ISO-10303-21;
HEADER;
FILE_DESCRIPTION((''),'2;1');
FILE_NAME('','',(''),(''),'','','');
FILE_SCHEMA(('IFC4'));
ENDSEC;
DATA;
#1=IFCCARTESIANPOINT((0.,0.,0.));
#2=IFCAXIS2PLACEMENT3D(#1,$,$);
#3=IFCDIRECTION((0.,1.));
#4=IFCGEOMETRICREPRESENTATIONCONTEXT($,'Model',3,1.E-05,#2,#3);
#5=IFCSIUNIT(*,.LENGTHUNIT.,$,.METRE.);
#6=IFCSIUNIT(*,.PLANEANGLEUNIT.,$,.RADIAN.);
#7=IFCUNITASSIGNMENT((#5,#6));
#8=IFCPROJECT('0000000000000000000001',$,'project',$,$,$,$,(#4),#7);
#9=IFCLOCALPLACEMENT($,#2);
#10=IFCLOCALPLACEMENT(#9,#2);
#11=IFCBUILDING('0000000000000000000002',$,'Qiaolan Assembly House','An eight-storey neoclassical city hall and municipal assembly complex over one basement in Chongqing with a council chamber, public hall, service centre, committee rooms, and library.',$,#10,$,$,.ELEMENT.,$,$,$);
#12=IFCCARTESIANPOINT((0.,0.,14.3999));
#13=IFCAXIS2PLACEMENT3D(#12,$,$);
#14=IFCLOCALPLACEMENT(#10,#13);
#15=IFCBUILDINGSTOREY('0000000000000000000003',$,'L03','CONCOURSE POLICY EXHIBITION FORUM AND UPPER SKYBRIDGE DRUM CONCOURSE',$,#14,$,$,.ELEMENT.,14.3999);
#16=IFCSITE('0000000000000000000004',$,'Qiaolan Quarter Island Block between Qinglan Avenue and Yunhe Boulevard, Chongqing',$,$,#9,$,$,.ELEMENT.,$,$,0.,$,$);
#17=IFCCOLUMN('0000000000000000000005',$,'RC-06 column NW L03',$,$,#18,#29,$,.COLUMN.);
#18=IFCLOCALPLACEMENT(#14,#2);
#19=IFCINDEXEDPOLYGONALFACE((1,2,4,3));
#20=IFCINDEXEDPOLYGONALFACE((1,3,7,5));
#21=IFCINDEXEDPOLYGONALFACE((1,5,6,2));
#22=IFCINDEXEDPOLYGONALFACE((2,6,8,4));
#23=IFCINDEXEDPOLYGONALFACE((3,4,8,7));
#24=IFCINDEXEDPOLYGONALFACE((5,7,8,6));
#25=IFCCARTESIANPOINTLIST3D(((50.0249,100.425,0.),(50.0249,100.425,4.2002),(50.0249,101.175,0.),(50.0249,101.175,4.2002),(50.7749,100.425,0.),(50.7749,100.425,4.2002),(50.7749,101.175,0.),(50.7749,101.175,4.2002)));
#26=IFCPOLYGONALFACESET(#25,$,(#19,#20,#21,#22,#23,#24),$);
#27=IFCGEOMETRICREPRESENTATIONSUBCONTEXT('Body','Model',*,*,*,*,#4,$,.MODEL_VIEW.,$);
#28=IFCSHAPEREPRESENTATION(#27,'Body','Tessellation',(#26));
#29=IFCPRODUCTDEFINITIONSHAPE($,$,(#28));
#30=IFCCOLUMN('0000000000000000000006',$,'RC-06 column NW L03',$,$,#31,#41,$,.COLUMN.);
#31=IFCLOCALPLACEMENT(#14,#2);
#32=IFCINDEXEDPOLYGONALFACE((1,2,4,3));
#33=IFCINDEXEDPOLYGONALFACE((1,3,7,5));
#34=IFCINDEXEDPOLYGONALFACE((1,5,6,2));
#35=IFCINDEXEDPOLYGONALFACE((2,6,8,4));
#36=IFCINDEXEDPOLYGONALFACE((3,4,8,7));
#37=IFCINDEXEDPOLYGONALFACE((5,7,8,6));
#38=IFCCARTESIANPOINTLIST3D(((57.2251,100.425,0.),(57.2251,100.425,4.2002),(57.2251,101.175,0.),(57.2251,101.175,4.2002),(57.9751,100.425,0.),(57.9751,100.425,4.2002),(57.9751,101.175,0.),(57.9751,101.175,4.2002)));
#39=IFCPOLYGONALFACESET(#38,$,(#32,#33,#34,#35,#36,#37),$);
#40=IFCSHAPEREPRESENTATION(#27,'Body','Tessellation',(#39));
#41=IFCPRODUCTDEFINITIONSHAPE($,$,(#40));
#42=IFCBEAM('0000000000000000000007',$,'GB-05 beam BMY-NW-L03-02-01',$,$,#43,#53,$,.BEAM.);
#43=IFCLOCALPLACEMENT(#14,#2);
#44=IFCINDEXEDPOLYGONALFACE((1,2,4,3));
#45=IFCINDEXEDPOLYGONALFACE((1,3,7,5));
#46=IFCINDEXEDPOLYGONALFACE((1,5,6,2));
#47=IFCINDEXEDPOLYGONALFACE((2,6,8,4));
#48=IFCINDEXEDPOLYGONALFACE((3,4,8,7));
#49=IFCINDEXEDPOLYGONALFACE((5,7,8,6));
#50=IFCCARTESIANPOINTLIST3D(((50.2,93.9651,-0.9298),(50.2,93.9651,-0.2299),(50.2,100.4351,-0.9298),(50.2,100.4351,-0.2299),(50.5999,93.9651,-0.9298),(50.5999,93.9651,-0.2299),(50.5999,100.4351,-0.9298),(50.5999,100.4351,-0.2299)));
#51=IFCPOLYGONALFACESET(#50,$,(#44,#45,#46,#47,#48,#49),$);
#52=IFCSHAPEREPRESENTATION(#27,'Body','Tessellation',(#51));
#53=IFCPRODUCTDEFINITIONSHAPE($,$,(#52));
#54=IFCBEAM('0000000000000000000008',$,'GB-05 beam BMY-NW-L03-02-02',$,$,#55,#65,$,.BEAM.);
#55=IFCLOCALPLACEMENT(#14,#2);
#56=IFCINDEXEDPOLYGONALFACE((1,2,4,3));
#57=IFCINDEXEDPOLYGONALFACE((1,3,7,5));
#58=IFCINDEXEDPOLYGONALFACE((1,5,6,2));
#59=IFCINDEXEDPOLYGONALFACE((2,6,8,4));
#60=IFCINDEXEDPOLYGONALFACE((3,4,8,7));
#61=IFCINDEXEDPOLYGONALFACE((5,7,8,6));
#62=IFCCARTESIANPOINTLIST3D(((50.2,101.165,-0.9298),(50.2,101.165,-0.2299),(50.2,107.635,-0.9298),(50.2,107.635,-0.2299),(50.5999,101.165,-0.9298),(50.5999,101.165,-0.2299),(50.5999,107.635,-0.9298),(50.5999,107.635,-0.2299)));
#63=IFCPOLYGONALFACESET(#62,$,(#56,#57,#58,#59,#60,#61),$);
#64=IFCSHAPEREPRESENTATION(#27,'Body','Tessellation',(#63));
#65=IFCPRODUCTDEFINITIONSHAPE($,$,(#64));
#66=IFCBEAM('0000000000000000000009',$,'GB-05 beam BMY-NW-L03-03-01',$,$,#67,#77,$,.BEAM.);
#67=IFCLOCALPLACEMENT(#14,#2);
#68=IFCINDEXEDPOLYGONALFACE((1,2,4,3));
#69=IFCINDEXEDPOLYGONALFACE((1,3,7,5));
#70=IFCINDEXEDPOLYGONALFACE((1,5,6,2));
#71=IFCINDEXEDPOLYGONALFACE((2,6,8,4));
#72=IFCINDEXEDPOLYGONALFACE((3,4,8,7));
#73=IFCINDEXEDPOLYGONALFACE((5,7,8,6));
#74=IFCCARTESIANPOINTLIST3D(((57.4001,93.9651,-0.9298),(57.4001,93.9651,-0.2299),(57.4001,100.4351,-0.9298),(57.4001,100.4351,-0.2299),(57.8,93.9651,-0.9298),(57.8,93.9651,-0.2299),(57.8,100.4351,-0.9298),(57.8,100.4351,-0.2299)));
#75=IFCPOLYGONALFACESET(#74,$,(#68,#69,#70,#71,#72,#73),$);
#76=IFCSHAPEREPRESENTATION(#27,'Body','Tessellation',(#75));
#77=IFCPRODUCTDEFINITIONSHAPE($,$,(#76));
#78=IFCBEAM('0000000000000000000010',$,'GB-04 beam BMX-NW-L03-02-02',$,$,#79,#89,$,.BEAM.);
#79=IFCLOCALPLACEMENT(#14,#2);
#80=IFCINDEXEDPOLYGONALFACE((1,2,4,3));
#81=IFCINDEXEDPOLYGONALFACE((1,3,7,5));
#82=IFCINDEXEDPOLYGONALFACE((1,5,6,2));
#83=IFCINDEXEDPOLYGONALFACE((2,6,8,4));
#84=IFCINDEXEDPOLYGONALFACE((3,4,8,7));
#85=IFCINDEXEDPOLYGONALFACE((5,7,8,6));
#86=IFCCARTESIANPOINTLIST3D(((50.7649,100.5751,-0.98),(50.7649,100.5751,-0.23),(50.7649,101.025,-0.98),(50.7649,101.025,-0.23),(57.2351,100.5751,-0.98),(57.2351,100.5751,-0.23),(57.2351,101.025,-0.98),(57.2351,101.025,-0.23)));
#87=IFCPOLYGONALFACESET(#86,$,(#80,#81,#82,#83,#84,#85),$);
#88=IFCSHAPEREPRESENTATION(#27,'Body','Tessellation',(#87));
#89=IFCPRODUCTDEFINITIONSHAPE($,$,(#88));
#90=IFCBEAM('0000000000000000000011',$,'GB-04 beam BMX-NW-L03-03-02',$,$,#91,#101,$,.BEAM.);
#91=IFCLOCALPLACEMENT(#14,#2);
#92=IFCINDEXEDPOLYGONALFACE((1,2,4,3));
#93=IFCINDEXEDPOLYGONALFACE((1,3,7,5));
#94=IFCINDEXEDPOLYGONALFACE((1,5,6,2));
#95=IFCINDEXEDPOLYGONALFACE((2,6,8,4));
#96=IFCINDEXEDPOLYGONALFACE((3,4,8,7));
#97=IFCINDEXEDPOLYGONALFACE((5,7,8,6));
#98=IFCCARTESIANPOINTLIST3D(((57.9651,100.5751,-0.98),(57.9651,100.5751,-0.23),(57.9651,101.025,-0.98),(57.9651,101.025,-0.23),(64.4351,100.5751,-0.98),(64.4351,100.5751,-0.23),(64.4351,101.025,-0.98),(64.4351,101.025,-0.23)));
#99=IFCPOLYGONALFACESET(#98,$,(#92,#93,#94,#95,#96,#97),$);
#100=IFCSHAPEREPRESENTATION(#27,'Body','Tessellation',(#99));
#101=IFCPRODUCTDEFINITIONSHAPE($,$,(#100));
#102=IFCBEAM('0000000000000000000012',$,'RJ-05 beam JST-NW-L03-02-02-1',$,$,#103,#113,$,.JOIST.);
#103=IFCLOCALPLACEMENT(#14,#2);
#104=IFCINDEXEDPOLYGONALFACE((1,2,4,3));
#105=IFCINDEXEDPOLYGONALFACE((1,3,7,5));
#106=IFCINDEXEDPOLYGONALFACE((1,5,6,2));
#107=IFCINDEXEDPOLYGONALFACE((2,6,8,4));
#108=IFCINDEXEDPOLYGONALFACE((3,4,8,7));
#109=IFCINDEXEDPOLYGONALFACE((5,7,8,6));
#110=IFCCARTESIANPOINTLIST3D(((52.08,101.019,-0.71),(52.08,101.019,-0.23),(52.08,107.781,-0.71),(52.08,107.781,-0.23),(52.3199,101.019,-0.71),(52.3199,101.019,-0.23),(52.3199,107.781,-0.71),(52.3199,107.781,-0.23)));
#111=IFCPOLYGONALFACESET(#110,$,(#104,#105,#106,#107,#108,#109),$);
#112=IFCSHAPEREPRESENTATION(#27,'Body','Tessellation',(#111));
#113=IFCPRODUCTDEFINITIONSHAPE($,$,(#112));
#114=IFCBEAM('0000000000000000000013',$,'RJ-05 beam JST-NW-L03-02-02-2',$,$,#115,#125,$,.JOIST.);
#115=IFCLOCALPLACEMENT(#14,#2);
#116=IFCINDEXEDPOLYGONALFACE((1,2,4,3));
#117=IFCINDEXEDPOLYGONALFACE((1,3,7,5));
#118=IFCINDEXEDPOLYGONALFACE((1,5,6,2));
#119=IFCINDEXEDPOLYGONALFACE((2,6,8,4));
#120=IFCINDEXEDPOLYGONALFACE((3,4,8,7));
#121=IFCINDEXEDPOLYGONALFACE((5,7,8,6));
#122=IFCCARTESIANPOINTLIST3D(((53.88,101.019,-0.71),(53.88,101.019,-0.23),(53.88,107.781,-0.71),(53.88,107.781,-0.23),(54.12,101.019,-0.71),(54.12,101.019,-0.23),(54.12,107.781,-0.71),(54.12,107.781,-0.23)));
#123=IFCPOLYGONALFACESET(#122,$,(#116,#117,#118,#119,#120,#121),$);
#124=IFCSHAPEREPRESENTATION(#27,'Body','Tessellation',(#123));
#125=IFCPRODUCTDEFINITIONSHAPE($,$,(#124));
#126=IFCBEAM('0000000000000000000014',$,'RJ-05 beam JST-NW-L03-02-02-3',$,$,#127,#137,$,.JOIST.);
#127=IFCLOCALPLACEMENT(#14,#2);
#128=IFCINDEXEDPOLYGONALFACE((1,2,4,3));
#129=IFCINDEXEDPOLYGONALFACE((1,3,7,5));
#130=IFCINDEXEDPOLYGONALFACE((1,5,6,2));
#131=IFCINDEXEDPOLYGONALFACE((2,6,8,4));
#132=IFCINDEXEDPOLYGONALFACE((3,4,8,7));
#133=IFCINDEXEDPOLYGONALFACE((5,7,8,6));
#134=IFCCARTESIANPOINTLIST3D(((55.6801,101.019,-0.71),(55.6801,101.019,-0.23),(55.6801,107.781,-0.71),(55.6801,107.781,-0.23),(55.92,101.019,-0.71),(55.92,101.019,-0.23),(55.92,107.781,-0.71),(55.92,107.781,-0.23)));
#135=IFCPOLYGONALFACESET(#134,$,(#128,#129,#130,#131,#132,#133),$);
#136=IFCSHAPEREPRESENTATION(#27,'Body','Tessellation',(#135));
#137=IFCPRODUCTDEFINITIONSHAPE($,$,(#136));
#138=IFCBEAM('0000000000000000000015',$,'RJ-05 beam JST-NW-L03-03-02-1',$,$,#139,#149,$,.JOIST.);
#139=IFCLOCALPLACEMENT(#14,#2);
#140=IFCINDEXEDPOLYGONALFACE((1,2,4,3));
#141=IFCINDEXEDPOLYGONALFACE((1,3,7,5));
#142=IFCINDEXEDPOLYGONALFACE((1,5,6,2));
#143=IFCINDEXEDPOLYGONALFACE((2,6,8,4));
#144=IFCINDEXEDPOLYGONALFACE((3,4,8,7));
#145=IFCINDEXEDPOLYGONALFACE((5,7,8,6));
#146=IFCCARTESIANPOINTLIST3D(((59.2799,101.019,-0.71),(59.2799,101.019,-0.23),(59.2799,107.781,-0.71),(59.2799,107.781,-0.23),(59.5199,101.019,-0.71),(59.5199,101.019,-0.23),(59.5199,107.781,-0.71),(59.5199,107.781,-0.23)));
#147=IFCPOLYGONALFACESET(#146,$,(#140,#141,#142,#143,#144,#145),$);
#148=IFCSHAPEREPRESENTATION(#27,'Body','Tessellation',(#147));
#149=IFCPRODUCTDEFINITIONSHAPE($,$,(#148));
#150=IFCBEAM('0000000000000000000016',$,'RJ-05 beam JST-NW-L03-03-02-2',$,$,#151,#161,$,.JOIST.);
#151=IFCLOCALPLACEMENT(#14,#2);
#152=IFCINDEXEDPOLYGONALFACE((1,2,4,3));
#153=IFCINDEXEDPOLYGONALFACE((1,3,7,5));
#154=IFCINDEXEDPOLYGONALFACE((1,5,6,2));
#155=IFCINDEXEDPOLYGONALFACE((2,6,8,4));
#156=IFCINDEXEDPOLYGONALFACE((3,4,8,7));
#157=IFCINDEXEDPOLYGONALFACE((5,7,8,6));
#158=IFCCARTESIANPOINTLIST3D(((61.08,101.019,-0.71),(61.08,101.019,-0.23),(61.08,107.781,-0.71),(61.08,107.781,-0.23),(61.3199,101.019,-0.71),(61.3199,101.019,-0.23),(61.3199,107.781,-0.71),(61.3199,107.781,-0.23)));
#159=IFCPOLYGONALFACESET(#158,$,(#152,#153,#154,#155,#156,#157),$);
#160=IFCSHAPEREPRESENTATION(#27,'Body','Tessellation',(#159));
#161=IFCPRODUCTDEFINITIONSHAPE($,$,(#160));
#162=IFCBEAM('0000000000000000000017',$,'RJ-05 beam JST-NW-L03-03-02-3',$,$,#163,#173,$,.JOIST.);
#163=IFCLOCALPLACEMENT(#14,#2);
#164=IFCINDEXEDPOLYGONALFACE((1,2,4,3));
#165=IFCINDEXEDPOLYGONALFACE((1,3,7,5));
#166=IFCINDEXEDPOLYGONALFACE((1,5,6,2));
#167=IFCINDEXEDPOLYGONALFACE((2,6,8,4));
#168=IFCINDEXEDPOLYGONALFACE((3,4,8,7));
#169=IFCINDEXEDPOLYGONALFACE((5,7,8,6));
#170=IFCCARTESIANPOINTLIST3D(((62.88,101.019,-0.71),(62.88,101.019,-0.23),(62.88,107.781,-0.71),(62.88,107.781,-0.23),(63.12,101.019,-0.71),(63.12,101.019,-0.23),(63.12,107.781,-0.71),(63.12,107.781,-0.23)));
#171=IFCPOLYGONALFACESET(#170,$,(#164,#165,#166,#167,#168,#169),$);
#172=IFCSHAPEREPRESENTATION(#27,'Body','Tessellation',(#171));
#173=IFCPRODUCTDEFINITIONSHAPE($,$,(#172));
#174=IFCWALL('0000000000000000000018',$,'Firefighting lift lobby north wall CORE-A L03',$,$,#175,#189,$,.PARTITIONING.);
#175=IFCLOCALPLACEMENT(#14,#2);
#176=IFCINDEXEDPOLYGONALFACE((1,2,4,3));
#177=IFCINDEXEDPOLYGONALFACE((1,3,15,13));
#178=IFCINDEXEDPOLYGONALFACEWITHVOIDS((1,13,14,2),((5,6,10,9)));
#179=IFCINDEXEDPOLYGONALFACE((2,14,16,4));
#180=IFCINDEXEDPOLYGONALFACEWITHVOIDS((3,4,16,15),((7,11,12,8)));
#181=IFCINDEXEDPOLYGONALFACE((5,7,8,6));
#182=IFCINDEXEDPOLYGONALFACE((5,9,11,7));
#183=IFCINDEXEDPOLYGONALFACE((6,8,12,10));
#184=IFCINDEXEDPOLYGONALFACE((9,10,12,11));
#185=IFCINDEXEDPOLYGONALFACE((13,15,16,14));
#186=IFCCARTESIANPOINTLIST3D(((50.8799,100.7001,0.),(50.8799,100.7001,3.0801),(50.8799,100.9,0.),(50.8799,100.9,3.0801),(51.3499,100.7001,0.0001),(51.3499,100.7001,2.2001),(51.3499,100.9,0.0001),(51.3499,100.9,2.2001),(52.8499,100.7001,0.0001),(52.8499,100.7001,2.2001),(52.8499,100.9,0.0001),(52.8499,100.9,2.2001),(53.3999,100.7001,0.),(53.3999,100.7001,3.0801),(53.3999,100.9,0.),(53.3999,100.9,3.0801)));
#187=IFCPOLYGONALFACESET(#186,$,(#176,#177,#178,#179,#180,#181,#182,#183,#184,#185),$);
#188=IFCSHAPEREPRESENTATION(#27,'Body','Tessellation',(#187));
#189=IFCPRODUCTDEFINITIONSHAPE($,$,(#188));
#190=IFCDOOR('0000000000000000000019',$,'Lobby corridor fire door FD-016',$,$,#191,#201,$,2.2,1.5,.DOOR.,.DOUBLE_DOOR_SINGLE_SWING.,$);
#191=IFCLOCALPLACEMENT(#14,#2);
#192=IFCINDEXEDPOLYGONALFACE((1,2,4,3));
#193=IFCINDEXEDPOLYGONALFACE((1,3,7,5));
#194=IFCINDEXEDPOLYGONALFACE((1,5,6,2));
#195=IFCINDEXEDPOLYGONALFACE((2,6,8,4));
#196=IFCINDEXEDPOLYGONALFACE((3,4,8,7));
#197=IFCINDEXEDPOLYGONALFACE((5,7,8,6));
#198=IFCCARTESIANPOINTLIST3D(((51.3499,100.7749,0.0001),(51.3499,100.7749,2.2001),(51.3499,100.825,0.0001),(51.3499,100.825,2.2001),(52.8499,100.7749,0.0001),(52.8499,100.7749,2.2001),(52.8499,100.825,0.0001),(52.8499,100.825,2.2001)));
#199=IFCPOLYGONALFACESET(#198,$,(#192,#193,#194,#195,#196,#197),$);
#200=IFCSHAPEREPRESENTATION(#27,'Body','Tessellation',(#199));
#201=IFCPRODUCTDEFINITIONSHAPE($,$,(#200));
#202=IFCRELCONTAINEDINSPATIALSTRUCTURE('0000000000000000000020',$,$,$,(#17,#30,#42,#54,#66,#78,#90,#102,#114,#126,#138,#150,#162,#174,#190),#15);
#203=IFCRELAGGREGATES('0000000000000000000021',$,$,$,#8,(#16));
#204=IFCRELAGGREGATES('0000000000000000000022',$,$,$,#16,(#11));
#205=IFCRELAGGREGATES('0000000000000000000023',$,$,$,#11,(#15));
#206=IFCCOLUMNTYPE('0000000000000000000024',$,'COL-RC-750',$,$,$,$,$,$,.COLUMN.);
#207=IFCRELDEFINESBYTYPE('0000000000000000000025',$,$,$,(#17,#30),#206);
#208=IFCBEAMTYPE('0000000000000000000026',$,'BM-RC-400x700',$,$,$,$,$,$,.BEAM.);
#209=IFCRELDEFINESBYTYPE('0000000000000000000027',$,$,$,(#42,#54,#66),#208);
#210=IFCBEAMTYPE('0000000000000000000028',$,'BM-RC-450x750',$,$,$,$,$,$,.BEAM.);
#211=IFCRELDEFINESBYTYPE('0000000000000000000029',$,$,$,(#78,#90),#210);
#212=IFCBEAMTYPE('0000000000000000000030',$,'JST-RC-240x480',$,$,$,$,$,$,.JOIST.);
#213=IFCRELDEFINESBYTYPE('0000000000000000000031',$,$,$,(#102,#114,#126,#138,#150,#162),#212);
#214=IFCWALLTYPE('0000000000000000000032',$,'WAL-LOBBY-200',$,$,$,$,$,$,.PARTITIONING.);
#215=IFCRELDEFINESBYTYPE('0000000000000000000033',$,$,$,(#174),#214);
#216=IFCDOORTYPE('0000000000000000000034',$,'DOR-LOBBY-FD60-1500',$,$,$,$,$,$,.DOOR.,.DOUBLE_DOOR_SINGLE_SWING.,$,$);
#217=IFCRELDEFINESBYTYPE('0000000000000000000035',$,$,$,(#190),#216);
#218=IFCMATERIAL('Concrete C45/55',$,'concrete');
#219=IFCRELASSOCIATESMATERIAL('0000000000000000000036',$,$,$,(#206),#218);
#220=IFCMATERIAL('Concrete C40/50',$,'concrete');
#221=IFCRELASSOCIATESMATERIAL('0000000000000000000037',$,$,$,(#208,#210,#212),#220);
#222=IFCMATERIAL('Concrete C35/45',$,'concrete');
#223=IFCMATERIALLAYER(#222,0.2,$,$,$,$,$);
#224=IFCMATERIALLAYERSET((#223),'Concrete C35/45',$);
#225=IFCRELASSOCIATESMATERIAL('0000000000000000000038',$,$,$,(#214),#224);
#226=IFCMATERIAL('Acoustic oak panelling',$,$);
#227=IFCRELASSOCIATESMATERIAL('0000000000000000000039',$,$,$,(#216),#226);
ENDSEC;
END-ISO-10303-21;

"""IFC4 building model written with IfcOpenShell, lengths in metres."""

from ifc_helpers import new_model, si_unit, direction, frame, frame_2d, origin, origin_2d, place, context, subcontext, project, spatial, rectangle, extrude, material, layer, layer_set, material_profile, profile_set, type_object, element, fill, save


model = new_model("IFC4")

# Units and contexts
model_context = context("Model", 3, precision=1e-05, world=origin(), true_north=direction((0.0, 1.0)))
body_context = subcontext(model_context, "Body", "Model", "MODEL_VIEW")
ifc_project = project(units=[si_unit("LENGTHUNIT", "METRE"), si_unit("PLANEANGLEUNIT", "RADIAN")], contexts=[model_context])

# Site, building, storey
site_placement = place(None, origin())
site = spatial("IfcSite", under=ifc_project, at=site_placement, Name="Qiaolan Quarter Island Block between Qinglan Avenue and Yunhe Boulevard, Chongqing", CompositionType="ELEMENT", RefElevation=0.0)
building_placement = place(site_placement, origin())
building = spatial("IfcBuilding", under=site, at=building_placement, Name="Qiaolan Assembly House", Description="An eight-storey neoclassical city hall and municipal assembly complex over one basement in Chongqing with a council chamber, public hall, service centre, committee rooms, and library.", CompositionType="ELEMENT")
storey_placement = place(building_placement, frame((0.0, 0.0, 14.3999)))
storey = spatial("IfcBuildingStorey", under=building, at=storey_placement, Name="L03", Description="CONCOURSE POLICY EXHIBITION FORUM AND UPPER SKYBRIDGE DRUM CONCOURSE", CompositionType="ELEMENT", Elevation=14.3999)

# Columns
ifc_material_1 = material(Name="Concrete C45/55", Category="concrete")
ifc_material_profile_1 = material_profile(ifc_material_1, rectangle(XDim=0.75, YDim=0.75, at=origin_2d()), Name="RC 750x750")
ifc_profile_set_1 = profile_set([ifc_material_profile_1], Name="Concrete C45/55")
column_type = type_object("IfcColumnType", Name="COL-RC-750", PredefinedType="COLUMN", material=ifc_profile_set_1)
for number, where, z_axis, x_axis, name in (
    (1, (50.3999, 100.8, 0.0), (0.0, 0.0, 1.0), (1.0, 0.0, 0.0), "RC-06 column NW L03"),
    (2, (57.6001, 100.8, 0.0), (0.0, 0.0, 1.0), (1.0, 0.0, 0.0), "RC-06 column NW L03"),
):
    element("IfcColumn", number, at=place(storey_placement, frame(where, z_axis=z_axis, x_axis=x_axis)), inside=storey, type_object=column_type, Name=name, PredefinedType="COLUMN", context=body_context, shape_type="SweptSolid", body=[
        extrude(rectangle(XDim=0.75, YDim=0.75, at=origin_2d()), origin(), (0.0, 0.0, 1.0), 4.2002),
    ])

# Beams
ifc_material_2 = material(Name="Concrete C40/50", Category="concrete")
ifc_material_profile_2 = material_profile(ifc_material_2, rectangle(XDim=0.3999, YDim=0.7, at=origin_2d()), Name="RCB 400x700")
ifc_profile_set_2 = profile_set([ifc_material_profile_2], Name="Concrete C40/50")
beam_type_1 = type_object("IfcBeamType", Name="BM-RC-400x700", PredefinedType="BEAM", material=ifc_profile_set_2)
for number, where, z_axis, x_axis, name in (
    (3, (50.3999, 93.9651, -0.5798), (0.0, 1.0, 0.0), (-1.0, 0.0, 0.0), "GB-05 beam BMY-NW-L03-02-01"),
    (4, (50.3999, 101.165, -0.5798), (0.0, 1.0, 0.0), (-1.0, 0.0, 0.0), "GB-05 beam BMY-NW-L03-02-02"),
    (5, (57.6001, 93.9651, -0.5798), (0.0, 1.0, 0.0), (-1.0, 0.0, 0.0), "GB-05 beam BMY-NW-L03-03-01"),
):
    element("IfcBeam", number, at=place(storey_placement, frame(where, z_axis=z_axis, x_axis=x_axis)), inside=storey, type_object=beam_type_1, Name=name, PredefinedType="BEAM", context=body_context, shape_type="SweptSolid", body=[
        extrude(rectangle(XDim=0.3999, YDim=0.7, at=origin_2d()), origin(), (0.0, 0.0, 1.0), 6.47),
    ])
ifc_material_profile_3 = material_profile(ifc_material_2, rectangle(XDim=0.45, YDim=0.75, at=origin_2d()), Name="RCB 450x750")
ifc_profile_set_3 = profile_set([ifc_material_profile_3], Name="Concrete C40/50")
beam_type_2 = type_object("IfcBeamType", Name="BM-RC-450x750", PredefinedType="BEAM", material=ifc_profile_set_3)
beam_1_placement = place(storey_placement, frame((50.7649, 100.8, -0.605), z_axis=(1.0, 0.0, 0.0), x_axis=(0.0, 1.0, 0.0)))
element("IfcBeam", 6, at=beam_1_placement, inside=storey, type_object=beam_type_2, Name="GB-04 beam BMX-NW-L03-02-02", PredefinedType="BEAM", context=body_context, shape_type="SweptSolid", body=[
    extrude(rectangle(XDim=0.45, YDim=0.75, at=origin_2d()), origin(), (0.0, 0.0, 1.0), 6.4702),
])
beam_2_placement = place(storey_placement, frame((57.9651, 100.8, -0.605), z_axis=(1.0, 0.0, 0.0), x_axis=(0.0, 1.0, 0.0)))
element("IfcBeam", 7, at=beam_2_placement, inside=storey, type_object=beam_type_2, Name="GB-04 beam BMX-NW-L03-03-02", PredefinedType="BEAM", context=body_context, shape_type="SweptSolid", body=[
    extrude(rectangle(XDim=0.45, YDim=0.75, at=origin_2d()), origin(), (0.0, 0.0, 1.0), 6.47),
])
ifc_material_profile_4 = material_profile(ifc_material_2, rectangle(XDim=0.24, YDim=0.48, at=origin_2d()), Name="RCB 240x480")
ifc_profile_set_4 = profile_set([ifc_material_profile_4], Name="Concrete C40/50")
beam_type_3 = type_object("IfcBeamType", Name="JST-RC-240x480", PredefinedType="JOIST", material=ifc_profile_set_4)
for number, where, z_axis, x_axis, name in (
    (8, (52.2, 101.019, -0.47), (0.0, 1.0, 0.0), (-1.0, 0.0, 0.0), "RJ-05 beam JST-NW-L03-02-02-1"),
    (9, (54.0, 101.019, -0.47), (0.0, 1.0, 0.0), (-1.0, 0.0, 0.0), "RJ-05 beam JST-NW-L03-02-02-2"),
    (10, (55.8, 101.019, -0.47), (0.0, 1.0, 0.0), (-1.0, 0.0, 0.0), "RJ-05 beam JST-NW-L03-02-02-3"),
    (11, (59.3999, 101.019, -0.47), (0.0, 1.0, 0.0), (-1.0, 0.0, 0.0), "RJ-05 beam JST-NW-L03-03-02-1"),
    (12, (61.2, 101.019, -0.47), (0.0, 1.0, 0.0), (-1.0, 0.0, 0.0), "RJ-05 beam JST-NW-L03-03-02-2"),
    (13, (63.0, 101.019, -0.47), (0.0, 1.0, 0.0), (-1.0, 0.0, 0.0), "RJ-05 beam JST-NW-L03-03-02-3"),
):
    element("IfcBeam", number, at=place(storey_placement, frame(where, z_axis=z_axis, x_axis=x_axis)), inside=storey, type_object=beam_type_3, Name=name, PredefinedType="JOIST", context=body_context, shape_type="SweptSolid", body=[
        extrude(rectangle(XDim=0.24, YDim=0.48, at=origin_2d()), origin(), (0.0, 0.0, 1.0), 6.762),
    ])

# Wall, opening, door
ifc_material_3 = material(Name="Concrete C35/45", Category="concrete")
ifc_layer_1 = layer(ifc_material_3, 0.2)
ifc_layer_set_1 = layer_set([ifc_layer_1], Name="Concrete C35/45")
wall_type_1 = type_object("IfcWallType", Name="WAL-LOBBY-200", PredefinedType="PARTITIONING", material=ifc_layer_set_1)
wall_1_placement = place(storey_placement, frame((53.3999, 100.8, 0.0), z_axis=(0.0, 0.0, 1.0), x_axis=(-1.0, 0.0, 0.0)))
wall_1 = element("IfcWall", 14, at=wall_1_placement, inside=storey, type_object=wall_type_1, Name="Firefighting lift lobby north wall CORE-A L03", PredefinedType="PARTITIONING", context=body_context, shape_type="SweptSolid", body=[
    extrude(rectangle(XDim=2.52, YDim=0.2, at=frame_2d((1.26, 0.0))), origin(), (0.0, 0.0, 1.0), 3.0801),
])
opening_1_placement = place(wall_1_placement, frame((0.55, 0.0, 0.0)))
opening_1 = element("IfcOpeningElement", 15, at=opening_1_placement, cuts=wall_1, PredefinedType="OPENING", context=body_context, shape_type="SweptSolid", body=[
    extrude(rectangle(XDim=1.5, YDim=2.2, at=frame_2d((0.75, 1.1001))), frame((0.0, 0.1099, 0.0), z_axis=(0.0, -1.0, 0.0), x_axis=(1.0, 0.0, 0.0)), (0.0, 0.0, 1.0), 0.22),
])
ifc_material_4 = material(Name="Acoustic oak panelling")
door_type_1 = type_object("IfcDoorType", Name="DOR-LOBBY-FD60-1500", OperationType="DOUBLE_DOOR_SINGLE_SWING", PredefinedType="DOOR", material=ifc_material_4)
door_1_placement = place(opening_1_placement, frame((1.5, 0.0, 0.0), z_axis=(0.0, 0.0, 1.0), x_axis=(-1.0, 0.0, 0.0)))
door_1 = element("IfcDoor", 16, at=door_1_placement, inside=storey, type_object=door_type_1, Name="Lobby corridor fire door FD-016", OperationType="DOUBLE_DOOR_SINGLE_SWING", OverallHeight=2.2, OverallWidth=1.5, PredefinedType="DOOR", context=body_context, shape_type="SweptSolid", body=[
    extrude(rectangle(XDim=1.5, YDim=2.2, at=frame_2d((0.75, 1.1001))), frame((0.0, 0.0249, 0.0), z_axis=(0.0, -1.0, 0.0), x_axis=(1.0, 0.0, 0.0)), (0.0, 0.0, 1.0), 0.05),
])
fill(opening_1, door_1)

save(model, "model.ifc")
